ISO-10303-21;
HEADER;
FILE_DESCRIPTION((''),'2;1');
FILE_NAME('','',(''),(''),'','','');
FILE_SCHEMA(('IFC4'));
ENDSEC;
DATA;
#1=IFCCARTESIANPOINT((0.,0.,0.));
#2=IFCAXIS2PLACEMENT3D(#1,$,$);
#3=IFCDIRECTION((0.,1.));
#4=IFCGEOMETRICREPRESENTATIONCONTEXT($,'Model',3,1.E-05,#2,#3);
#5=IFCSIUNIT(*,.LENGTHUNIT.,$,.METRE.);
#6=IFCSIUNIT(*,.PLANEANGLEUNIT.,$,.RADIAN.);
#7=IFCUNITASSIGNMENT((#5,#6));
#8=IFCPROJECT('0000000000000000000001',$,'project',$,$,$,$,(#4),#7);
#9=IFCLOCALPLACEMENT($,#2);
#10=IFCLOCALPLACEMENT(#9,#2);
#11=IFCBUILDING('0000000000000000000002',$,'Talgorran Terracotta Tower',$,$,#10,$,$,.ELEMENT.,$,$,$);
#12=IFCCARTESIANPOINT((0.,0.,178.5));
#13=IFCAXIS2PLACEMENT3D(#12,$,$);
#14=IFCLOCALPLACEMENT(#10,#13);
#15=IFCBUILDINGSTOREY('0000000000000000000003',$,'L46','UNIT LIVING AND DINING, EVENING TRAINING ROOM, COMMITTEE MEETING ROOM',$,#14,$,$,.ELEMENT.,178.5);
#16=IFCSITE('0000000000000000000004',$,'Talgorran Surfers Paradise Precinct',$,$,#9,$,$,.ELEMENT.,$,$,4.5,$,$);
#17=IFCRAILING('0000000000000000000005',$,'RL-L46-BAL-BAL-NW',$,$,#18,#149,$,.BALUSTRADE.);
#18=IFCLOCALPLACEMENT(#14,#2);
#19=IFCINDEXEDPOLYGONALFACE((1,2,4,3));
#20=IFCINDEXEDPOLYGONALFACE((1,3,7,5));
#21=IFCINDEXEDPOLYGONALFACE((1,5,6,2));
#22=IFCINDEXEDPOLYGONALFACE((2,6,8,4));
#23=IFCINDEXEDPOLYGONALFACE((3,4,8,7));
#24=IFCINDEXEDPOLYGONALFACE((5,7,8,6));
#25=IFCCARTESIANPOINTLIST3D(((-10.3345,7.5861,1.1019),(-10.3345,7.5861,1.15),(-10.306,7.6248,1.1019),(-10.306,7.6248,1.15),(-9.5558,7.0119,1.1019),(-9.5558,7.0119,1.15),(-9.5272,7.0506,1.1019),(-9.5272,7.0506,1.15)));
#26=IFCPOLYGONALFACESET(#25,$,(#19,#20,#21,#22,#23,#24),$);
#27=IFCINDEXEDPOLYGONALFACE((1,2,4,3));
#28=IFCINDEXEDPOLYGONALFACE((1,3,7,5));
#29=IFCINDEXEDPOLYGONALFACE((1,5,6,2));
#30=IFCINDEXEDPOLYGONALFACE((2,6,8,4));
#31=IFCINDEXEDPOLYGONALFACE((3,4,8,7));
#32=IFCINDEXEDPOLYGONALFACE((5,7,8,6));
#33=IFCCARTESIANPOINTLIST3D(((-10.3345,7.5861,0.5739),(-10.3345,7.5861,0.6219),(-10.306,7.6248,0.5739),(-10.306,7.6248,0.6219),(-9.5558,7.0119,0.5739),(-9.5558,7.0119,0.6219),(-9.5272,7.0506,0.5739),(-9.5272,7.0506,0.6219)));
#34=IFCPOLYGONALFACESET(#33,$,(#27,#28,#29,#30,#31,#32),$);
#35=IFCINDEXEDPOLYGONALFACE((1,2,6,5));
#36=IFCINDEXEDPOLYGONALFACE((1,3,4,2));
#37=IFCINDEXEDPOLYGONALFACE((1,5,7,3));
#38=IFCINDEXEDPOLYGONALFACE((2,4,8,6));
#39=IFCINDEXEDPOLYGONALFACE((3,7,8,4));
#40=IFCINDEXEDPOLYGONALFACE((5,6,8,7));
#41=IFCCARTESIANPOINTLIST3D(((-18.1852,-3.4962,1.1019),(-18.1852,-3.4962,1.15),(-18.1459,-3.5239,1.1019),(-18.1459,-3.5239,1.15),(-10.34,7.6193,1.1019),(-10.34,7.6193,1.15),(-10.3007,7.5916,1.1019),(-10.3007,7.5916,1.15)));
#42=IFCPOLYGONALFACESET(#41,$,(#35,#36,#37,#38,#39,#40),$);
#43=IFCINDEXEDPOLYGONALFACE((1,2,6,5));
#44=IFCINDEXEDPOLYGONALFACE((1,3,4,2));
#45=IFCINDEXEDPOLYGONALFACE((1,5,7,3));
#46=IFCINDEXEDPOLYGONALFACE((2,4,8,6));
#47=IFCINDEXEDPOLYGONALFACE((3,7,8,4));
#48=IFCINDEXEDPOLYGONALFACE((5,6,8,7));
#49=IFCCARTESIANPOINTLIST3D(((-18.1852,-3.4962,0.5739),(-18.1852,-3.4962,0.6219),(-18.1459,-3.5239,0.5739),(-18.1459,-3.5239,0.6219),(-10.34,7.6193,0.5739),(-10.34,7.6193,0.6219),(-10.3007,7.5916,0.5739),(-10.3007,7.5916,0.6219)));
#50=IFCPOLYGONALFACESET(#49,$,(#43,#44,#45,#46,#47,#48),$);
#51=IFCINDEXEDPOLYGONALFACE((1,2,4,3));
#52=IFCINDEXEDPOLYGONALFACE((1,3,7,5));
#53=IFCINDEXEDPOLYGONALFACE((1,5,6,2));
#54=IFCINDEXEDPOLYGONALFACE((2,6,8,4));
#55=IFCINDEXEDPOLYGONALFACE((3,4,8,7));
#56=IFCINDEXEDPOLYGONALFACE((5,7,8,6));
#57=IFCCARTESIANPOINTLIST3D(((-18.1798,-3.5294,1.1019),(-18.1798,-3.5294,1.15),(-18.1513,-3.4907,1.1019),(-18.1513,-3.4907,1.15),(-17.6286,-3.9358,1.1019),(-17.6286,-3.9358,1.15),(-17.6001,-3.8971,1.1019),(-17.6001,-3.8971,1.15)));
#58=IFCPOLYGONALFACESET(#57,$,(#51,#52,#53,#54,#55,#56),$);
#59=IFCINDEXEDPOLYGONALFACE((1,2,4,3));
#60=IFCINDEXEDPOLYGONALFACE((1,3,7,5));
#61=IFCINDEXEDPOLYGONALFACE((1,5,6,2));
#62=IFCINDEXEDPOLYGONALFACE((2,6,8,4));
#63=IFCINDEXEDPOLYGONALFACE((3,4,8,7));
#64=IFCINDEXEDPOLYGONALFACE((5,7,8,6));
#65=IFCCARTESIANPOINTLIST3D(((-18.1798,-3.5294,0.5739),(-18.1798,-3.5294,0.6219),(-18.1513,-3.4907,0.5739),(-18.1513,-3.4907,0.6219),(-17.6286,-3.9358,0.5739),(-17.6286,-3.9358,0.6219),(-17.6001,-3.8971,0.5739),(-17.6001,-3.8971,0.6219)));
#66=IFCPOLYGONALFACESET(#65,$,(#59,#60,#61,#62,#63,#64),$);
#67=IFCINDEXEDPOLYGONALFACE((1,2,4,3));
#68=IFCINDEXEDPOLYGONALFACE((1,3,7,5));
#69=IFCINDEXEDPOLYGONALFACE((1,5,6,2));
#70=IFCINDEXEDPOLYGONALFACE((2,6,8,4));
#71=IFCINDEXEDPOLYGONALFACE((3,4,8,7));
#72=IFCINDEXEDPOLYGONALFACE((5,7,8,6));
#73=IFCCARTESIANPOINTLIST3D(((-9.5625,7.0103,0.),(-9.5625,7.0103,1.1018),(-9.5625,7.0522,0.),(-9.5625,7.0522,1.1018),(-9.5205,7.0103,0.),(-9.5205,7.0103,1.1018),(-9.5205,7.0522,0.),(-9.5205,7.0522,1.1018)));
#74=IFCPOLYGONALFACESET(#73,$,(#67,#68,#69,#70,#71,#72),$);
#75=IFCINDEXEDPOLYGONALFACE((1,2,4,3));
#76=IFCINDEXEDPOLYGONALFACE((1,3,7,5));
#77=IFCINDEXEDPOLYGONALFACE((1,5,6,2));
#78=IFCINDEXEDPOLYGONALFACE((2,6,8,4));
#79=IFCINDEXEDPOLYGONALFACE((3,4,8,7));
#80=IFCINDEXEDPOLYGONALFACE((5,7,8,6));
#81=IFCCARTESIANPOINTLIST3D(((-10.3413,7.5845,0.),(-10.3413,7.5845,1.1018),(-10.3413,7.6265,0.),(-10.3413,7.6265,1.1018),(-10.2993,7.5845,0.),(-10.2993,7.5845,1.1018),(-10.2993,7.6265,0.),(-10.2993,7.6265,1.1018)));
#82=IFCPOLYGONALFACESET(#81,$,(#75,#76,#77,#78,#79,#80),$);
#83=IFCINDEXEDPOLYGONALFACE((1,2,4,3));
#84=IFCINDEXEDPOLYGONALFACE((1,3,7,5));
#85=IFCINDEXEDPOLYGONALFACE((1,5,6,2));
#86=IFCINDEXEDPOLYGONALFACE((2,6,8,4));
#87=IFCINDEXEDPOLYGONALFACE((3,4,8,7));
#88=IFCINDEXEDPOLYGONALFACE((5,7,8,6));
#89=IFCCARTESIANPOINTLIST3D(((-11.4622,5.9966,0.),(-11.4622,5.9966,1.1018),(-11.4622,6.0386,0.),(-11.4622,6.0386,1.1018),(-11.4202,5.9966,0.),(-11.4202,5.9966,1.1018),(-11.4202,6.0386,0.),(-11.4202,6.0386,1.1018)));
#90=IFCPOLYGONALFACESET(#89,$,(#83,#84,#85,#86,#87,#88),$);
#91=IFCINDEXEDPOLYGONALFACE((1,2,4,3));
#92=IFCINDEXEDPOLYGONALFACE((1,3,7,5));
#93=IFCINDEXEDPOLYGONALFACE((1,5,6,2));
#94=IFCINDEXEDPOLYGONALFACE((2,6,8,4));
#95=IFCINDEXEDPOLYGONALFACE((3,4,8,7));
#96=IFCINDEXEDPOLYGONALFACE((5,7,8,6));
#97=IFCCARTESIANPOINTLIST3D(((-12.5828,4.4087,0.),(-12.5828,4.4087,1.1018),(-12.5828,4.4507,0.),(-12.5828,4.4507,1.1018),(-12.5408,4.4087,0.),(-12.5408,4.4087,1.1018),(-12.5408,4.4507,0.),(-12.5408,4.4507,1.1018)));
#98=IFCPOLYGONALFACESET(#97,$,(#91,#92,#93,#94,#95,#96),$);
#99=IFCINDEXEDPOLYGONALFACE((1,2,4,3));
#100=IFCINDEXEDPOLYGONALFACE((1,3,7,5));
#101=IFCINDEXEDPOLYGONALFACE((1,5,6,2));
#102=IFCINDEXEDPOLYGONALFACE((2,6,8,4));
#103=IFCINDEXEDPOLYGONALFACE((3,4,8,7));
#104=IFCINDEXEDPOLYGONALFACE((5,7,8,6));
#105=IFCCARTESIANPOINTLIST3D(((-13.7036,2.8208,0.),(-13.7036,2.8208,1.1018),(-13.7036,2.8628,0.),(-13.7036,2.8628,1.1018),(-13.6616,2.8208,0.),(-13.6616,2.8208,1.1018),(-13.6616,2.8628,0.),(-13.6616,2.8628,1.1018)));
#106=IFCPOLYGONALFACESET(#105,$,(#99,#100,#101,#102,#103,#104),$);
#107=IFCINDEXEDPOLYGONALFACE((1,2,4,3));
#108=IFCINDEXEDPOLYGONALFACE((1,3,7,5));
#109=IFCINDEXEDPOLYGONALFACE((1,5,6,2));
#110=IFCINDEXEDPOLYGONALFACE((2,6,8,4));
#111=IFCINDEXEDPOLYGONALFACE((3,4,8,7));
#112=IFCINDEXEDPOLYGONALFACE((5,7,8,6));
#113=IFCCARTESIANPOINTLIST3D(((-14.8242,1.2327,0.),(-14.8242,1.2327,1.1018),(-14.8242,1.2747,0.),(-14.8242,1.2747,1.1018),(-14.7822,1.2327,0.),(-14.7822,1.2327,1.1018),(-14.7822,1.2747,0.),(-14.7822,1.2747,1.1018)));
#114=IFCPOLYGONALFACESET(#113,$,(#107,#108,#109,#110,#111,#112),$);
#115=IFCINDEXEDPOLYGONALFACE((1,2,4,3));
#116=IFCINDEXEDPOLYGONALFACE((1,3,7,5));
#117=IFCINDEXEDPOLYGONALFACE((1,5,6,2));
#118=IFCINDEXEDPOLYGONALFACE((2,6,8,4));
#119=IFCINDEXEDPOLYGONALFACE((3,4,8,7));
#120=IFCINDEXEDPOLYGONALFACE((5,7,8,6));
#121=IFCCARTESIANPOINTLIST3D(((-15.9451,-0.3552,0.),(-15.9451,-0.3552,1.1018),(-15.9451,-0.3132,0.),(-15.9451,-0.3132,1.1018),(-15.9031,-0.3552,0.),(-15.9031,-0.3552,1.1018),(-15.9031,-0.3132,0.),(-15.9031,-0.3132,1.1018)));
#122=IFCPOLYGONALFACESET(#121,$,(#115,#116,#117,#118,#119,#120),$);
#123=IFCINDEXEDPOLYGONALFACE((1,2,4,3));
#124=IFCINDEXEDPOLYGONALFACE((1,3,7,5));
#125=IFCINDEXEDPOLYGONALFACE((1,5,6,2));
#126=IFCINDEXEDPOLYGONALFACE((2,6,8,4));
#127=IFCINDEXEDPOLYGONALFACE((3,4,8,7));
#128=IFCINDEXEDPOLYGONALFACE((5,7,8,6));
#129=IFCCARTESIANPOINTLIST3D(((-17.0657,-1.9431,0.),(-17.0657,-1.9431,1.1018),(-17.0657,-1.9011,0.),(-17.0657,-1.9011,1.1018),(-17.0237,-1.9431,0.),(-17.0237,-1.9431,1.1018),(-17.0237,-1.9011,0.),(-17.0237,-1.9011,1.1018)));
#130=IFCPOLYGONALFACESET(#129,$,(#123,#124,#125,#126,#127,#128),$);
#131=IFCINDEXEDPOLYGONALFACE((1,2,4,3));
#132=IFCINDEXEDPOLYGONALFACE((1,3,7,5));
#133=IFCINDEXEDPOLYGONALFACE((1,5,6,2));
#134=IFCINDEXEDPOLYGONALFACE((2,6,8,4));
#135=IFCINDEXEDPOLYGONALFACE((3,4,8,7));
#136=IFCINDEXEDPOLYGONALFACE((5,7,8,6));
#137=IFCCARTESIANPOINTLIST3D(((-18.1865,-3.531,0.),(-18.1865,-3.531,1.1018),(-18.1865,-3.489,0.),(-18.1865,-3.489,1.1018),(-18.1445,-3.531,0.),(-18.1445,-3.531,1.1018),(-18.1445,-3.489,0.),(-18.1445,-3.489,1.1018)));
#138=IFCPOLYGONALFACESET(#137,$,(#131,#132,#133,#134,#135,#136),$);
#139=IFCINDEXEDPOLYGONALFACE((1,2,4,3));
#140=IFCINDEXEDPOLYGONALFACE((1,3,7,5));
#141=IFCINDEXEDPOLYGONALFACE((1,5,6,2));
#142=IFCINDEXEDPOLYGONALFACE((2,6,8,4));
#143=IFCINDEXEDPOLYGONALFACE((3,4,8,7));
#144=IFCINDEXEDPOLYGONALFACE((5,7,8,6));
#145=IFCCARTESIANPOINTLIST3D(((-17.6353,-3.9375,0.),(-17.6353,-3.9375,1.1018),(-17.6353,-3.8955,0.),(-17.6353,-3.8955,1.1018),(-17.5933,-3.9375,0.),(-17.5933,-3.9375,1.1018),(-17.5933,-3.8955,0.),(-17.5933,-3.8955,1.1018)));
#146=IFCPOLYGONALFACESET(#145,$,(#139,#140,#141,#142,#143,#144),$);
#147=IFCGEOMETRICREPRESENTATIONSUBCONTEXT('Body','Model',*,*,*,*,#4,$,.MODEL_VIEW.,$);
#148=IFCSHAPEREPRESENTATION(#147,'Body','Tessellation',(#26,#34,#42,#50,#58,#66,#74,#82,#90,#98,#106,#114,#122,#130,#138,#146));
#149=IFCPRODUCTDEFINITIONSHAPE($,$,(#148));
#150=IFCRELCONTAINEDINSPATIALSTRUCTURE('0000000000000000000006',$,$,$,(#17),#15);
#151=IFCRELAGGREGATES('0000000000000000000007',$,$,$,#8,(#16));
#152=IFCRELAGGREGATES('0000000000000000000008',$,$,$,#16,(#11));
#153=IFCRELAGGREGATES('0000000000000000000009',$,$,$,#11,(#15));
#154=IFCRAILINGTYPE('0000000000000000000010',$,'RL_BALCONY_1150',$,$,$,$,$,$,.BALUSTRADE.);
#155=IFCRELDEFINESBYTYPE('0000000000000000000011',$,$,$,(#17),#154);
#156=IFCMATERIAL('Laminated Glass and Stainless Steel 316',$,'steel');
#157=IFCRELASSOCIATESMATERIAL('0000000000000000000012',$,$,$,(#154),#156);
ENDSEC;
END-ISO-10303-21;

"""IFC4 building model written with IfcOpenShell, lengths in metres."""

from ifc_helpers import new_model, si_unit, direction, frame, origin, origin_2d, place, context, subcontext, project, spatial, rectangle, extrude, material, type_object, element, save


model = new_model("IFC4")

# Units and contexts
model_context = context("Model", 3, precision=1e-05, world=origin(), true_north=direction((0.0, 1.0)))
body_context = subcontext(model_context, "Body", "Model", "MODEL_VIEW")
ifc_project = project(units=[si_unit("LENGTHUNIT", "METRE"), si_unit("PLANEANGLEUNIT", "RADIAN")], contexts=[model_context])

# Site, building, storey
site_placement = place(None, origin())
site = spatial("IfcSite", under=ifc_project, at=site_placement, Name="Talgorran Surfers Paradise Precinct", CompositionType="ELEMENT", RefElevation=4.5)
building_placement = place(site_placement, origin())
building = spatial("IfcBuilding", under=site, at=building_placement, Name="Talgorran Terracotta Tower", CompositionType="ELEMENT")
storey_placement = place(building_placement, frame((0.0, 0.0, 178.5)))
storey = spatial("IfcBuildingStorey", under=building, at=storey_placement, Name="L46", Description="UNIT LIVING AND DINING, EVENING TRAINING ROOM, COMMITTEE MEETING ROOM", CompositionType="ELEMENT", Elevation=178.5)

# Railing
ifc_material_1 = material(Name="Laminated Glass and Stainless Steel 316", Category="steel")
railing_type = type_object("IfcRailingType", Name="RL_BALCONY_1150", PredefinedType="BALUSTRADE", material=ifc_material_1)
railing_placement = place(storey_placement, frame((-9.5415, 7.0312, 0.0)))
element("IfcRailing", 1, at=railing_placement, inside=storey, type_object=railing_type, Name="RL-L46-BAL-BAL-NW", PredefinedType="BALUSTRADE", context=body_context, shape_type="SweptSolid", body=[
    extrude(rectangle(XDim=0.0481, YDim=0.0481, at=origin_2d()), frame((0.0, 0.0, 1.126), z_axis=(-0.804878, 0.59344, 0.0), x_axis=(-0.59344, -0.804878, 0.0)), (0.0, 0.0, 1.0), 0.9675),
    extrude(rectangle(XDim=0.0481, YDim=0.0481, at=origin_2d()), frame((0.0, 0.0, 0.5979), z_axis=(-0.804878, 0.59344, 0.0), x_axis=(-0.59344, -0.804878, 0.0)), (0.0, 0.0, 1.0), 0.9675),
    extrude(rectangle(XDim=0.0481, YDim=0.0481, at=origin_2d()), frame((-0.7788, 0.5742, 1.126), z_axis=(-0.576634, -0.817003, 0.0), x_axis=(0.817003, -0.576634, 0.0)), (0.0, 0.0, 1.0), 13.6052),
    extrude(rectangle(XDim=0.0481, YDim=0.0481, at=origin_2d()), frame((-0.7788, 0.5742, 0.5979), z_axis=(-0.576634, -0.817003, 0.0), x_axis=(0.817003, -0.576634, 0.0)), (0.0, 0.0, 1.0), 13.6052),
    extrude(rectangle(XDim=0.0481, YDim=0.0481, at=origin_2d()), frame((-8.624, -10.5413, 1.126), z_axis=(0.80485, -0.593479, 0.0), x_axis=(0.593479, 0.80485, 0.0)), (0.0, 0.0, 1.0), 0.6848),
    extrude(rectangle(XDim=0.0481, YDim=0.0481, at=origin_2d()), frame((-8.624, -10.5413, 0.5979), z_axis=(0.80485, -0.593479, 0.0), x_axis=(0.593479, 0.80485, 0.0)), (0.0, 0.0, 1.0), 0.6848),
    extrude(rectangle(XDim=0.042, YDim=0.042, at=origin_2d()), origin(), (0.0, 0.0, 1.0), 1.1018),
    extrude(rectangle(XDim=0.042, YDim=0.042, at=origin_2d()), frame((-0.7788, 0.5742, 0.0)), (0.0, 0.0, 1.0), 1.1018),
    extrude(rectangle(XDim=0.042, YDim=0.042, at=origin_2d()), frame((-1.8997, -1.0137, 0.0)), (0.0, 0.0, 1.0), 1.1018),
    extrude(rectangle(XDim=0.042, YDim=0.042, at=origin_2d()), frame((-3.0203, -2.6016, 0.0)), (0.0, 0.0, 1.0), 1.1018),
    extrude(rectangle(XDim=0.042, YDim=0.042, at=origin_2d()), frame((-4.1411, -4.1895, 0.0)), (0.0, 0.0, 1.0), 1.1018),
    extrude(rectangle(XDim=0.042, YDim=0.042, at=origin_2d()), frame((-5.2617, -5.7776, 0.0)), (0.0, 0.0, 1.0), 1.1018),
    extrude(rectangle(XDim=0.042, YDim=0.042, at=origin_2d()), frame((-6.3826, -7.3655, 0.0)), (0.0, 0.0, 1.0), 1.1018),
    extrude(rectangle(XDim=0.042, YDim=0.042, at=origin_2d()), frame((-7.5032, -8.9534, 0.0)), (0.0, 0.0, 1.0), 1.1018),
    extrude(rectangle(XDim=0.042, YDim=0.042, at=origin_2d()), frame((-8.624, -10.5413, 0.0)), (0.0, 0.0, 1.0), 1.1018),
    extrude(rectangle(XDim=0.042, YDim=0.042, at=origin_2d()), frame((-8.0728, -10.9478, 0.0)), (0.0, 0.0, 1.0), 1.1018),
])

save(model, "model.ifc")
